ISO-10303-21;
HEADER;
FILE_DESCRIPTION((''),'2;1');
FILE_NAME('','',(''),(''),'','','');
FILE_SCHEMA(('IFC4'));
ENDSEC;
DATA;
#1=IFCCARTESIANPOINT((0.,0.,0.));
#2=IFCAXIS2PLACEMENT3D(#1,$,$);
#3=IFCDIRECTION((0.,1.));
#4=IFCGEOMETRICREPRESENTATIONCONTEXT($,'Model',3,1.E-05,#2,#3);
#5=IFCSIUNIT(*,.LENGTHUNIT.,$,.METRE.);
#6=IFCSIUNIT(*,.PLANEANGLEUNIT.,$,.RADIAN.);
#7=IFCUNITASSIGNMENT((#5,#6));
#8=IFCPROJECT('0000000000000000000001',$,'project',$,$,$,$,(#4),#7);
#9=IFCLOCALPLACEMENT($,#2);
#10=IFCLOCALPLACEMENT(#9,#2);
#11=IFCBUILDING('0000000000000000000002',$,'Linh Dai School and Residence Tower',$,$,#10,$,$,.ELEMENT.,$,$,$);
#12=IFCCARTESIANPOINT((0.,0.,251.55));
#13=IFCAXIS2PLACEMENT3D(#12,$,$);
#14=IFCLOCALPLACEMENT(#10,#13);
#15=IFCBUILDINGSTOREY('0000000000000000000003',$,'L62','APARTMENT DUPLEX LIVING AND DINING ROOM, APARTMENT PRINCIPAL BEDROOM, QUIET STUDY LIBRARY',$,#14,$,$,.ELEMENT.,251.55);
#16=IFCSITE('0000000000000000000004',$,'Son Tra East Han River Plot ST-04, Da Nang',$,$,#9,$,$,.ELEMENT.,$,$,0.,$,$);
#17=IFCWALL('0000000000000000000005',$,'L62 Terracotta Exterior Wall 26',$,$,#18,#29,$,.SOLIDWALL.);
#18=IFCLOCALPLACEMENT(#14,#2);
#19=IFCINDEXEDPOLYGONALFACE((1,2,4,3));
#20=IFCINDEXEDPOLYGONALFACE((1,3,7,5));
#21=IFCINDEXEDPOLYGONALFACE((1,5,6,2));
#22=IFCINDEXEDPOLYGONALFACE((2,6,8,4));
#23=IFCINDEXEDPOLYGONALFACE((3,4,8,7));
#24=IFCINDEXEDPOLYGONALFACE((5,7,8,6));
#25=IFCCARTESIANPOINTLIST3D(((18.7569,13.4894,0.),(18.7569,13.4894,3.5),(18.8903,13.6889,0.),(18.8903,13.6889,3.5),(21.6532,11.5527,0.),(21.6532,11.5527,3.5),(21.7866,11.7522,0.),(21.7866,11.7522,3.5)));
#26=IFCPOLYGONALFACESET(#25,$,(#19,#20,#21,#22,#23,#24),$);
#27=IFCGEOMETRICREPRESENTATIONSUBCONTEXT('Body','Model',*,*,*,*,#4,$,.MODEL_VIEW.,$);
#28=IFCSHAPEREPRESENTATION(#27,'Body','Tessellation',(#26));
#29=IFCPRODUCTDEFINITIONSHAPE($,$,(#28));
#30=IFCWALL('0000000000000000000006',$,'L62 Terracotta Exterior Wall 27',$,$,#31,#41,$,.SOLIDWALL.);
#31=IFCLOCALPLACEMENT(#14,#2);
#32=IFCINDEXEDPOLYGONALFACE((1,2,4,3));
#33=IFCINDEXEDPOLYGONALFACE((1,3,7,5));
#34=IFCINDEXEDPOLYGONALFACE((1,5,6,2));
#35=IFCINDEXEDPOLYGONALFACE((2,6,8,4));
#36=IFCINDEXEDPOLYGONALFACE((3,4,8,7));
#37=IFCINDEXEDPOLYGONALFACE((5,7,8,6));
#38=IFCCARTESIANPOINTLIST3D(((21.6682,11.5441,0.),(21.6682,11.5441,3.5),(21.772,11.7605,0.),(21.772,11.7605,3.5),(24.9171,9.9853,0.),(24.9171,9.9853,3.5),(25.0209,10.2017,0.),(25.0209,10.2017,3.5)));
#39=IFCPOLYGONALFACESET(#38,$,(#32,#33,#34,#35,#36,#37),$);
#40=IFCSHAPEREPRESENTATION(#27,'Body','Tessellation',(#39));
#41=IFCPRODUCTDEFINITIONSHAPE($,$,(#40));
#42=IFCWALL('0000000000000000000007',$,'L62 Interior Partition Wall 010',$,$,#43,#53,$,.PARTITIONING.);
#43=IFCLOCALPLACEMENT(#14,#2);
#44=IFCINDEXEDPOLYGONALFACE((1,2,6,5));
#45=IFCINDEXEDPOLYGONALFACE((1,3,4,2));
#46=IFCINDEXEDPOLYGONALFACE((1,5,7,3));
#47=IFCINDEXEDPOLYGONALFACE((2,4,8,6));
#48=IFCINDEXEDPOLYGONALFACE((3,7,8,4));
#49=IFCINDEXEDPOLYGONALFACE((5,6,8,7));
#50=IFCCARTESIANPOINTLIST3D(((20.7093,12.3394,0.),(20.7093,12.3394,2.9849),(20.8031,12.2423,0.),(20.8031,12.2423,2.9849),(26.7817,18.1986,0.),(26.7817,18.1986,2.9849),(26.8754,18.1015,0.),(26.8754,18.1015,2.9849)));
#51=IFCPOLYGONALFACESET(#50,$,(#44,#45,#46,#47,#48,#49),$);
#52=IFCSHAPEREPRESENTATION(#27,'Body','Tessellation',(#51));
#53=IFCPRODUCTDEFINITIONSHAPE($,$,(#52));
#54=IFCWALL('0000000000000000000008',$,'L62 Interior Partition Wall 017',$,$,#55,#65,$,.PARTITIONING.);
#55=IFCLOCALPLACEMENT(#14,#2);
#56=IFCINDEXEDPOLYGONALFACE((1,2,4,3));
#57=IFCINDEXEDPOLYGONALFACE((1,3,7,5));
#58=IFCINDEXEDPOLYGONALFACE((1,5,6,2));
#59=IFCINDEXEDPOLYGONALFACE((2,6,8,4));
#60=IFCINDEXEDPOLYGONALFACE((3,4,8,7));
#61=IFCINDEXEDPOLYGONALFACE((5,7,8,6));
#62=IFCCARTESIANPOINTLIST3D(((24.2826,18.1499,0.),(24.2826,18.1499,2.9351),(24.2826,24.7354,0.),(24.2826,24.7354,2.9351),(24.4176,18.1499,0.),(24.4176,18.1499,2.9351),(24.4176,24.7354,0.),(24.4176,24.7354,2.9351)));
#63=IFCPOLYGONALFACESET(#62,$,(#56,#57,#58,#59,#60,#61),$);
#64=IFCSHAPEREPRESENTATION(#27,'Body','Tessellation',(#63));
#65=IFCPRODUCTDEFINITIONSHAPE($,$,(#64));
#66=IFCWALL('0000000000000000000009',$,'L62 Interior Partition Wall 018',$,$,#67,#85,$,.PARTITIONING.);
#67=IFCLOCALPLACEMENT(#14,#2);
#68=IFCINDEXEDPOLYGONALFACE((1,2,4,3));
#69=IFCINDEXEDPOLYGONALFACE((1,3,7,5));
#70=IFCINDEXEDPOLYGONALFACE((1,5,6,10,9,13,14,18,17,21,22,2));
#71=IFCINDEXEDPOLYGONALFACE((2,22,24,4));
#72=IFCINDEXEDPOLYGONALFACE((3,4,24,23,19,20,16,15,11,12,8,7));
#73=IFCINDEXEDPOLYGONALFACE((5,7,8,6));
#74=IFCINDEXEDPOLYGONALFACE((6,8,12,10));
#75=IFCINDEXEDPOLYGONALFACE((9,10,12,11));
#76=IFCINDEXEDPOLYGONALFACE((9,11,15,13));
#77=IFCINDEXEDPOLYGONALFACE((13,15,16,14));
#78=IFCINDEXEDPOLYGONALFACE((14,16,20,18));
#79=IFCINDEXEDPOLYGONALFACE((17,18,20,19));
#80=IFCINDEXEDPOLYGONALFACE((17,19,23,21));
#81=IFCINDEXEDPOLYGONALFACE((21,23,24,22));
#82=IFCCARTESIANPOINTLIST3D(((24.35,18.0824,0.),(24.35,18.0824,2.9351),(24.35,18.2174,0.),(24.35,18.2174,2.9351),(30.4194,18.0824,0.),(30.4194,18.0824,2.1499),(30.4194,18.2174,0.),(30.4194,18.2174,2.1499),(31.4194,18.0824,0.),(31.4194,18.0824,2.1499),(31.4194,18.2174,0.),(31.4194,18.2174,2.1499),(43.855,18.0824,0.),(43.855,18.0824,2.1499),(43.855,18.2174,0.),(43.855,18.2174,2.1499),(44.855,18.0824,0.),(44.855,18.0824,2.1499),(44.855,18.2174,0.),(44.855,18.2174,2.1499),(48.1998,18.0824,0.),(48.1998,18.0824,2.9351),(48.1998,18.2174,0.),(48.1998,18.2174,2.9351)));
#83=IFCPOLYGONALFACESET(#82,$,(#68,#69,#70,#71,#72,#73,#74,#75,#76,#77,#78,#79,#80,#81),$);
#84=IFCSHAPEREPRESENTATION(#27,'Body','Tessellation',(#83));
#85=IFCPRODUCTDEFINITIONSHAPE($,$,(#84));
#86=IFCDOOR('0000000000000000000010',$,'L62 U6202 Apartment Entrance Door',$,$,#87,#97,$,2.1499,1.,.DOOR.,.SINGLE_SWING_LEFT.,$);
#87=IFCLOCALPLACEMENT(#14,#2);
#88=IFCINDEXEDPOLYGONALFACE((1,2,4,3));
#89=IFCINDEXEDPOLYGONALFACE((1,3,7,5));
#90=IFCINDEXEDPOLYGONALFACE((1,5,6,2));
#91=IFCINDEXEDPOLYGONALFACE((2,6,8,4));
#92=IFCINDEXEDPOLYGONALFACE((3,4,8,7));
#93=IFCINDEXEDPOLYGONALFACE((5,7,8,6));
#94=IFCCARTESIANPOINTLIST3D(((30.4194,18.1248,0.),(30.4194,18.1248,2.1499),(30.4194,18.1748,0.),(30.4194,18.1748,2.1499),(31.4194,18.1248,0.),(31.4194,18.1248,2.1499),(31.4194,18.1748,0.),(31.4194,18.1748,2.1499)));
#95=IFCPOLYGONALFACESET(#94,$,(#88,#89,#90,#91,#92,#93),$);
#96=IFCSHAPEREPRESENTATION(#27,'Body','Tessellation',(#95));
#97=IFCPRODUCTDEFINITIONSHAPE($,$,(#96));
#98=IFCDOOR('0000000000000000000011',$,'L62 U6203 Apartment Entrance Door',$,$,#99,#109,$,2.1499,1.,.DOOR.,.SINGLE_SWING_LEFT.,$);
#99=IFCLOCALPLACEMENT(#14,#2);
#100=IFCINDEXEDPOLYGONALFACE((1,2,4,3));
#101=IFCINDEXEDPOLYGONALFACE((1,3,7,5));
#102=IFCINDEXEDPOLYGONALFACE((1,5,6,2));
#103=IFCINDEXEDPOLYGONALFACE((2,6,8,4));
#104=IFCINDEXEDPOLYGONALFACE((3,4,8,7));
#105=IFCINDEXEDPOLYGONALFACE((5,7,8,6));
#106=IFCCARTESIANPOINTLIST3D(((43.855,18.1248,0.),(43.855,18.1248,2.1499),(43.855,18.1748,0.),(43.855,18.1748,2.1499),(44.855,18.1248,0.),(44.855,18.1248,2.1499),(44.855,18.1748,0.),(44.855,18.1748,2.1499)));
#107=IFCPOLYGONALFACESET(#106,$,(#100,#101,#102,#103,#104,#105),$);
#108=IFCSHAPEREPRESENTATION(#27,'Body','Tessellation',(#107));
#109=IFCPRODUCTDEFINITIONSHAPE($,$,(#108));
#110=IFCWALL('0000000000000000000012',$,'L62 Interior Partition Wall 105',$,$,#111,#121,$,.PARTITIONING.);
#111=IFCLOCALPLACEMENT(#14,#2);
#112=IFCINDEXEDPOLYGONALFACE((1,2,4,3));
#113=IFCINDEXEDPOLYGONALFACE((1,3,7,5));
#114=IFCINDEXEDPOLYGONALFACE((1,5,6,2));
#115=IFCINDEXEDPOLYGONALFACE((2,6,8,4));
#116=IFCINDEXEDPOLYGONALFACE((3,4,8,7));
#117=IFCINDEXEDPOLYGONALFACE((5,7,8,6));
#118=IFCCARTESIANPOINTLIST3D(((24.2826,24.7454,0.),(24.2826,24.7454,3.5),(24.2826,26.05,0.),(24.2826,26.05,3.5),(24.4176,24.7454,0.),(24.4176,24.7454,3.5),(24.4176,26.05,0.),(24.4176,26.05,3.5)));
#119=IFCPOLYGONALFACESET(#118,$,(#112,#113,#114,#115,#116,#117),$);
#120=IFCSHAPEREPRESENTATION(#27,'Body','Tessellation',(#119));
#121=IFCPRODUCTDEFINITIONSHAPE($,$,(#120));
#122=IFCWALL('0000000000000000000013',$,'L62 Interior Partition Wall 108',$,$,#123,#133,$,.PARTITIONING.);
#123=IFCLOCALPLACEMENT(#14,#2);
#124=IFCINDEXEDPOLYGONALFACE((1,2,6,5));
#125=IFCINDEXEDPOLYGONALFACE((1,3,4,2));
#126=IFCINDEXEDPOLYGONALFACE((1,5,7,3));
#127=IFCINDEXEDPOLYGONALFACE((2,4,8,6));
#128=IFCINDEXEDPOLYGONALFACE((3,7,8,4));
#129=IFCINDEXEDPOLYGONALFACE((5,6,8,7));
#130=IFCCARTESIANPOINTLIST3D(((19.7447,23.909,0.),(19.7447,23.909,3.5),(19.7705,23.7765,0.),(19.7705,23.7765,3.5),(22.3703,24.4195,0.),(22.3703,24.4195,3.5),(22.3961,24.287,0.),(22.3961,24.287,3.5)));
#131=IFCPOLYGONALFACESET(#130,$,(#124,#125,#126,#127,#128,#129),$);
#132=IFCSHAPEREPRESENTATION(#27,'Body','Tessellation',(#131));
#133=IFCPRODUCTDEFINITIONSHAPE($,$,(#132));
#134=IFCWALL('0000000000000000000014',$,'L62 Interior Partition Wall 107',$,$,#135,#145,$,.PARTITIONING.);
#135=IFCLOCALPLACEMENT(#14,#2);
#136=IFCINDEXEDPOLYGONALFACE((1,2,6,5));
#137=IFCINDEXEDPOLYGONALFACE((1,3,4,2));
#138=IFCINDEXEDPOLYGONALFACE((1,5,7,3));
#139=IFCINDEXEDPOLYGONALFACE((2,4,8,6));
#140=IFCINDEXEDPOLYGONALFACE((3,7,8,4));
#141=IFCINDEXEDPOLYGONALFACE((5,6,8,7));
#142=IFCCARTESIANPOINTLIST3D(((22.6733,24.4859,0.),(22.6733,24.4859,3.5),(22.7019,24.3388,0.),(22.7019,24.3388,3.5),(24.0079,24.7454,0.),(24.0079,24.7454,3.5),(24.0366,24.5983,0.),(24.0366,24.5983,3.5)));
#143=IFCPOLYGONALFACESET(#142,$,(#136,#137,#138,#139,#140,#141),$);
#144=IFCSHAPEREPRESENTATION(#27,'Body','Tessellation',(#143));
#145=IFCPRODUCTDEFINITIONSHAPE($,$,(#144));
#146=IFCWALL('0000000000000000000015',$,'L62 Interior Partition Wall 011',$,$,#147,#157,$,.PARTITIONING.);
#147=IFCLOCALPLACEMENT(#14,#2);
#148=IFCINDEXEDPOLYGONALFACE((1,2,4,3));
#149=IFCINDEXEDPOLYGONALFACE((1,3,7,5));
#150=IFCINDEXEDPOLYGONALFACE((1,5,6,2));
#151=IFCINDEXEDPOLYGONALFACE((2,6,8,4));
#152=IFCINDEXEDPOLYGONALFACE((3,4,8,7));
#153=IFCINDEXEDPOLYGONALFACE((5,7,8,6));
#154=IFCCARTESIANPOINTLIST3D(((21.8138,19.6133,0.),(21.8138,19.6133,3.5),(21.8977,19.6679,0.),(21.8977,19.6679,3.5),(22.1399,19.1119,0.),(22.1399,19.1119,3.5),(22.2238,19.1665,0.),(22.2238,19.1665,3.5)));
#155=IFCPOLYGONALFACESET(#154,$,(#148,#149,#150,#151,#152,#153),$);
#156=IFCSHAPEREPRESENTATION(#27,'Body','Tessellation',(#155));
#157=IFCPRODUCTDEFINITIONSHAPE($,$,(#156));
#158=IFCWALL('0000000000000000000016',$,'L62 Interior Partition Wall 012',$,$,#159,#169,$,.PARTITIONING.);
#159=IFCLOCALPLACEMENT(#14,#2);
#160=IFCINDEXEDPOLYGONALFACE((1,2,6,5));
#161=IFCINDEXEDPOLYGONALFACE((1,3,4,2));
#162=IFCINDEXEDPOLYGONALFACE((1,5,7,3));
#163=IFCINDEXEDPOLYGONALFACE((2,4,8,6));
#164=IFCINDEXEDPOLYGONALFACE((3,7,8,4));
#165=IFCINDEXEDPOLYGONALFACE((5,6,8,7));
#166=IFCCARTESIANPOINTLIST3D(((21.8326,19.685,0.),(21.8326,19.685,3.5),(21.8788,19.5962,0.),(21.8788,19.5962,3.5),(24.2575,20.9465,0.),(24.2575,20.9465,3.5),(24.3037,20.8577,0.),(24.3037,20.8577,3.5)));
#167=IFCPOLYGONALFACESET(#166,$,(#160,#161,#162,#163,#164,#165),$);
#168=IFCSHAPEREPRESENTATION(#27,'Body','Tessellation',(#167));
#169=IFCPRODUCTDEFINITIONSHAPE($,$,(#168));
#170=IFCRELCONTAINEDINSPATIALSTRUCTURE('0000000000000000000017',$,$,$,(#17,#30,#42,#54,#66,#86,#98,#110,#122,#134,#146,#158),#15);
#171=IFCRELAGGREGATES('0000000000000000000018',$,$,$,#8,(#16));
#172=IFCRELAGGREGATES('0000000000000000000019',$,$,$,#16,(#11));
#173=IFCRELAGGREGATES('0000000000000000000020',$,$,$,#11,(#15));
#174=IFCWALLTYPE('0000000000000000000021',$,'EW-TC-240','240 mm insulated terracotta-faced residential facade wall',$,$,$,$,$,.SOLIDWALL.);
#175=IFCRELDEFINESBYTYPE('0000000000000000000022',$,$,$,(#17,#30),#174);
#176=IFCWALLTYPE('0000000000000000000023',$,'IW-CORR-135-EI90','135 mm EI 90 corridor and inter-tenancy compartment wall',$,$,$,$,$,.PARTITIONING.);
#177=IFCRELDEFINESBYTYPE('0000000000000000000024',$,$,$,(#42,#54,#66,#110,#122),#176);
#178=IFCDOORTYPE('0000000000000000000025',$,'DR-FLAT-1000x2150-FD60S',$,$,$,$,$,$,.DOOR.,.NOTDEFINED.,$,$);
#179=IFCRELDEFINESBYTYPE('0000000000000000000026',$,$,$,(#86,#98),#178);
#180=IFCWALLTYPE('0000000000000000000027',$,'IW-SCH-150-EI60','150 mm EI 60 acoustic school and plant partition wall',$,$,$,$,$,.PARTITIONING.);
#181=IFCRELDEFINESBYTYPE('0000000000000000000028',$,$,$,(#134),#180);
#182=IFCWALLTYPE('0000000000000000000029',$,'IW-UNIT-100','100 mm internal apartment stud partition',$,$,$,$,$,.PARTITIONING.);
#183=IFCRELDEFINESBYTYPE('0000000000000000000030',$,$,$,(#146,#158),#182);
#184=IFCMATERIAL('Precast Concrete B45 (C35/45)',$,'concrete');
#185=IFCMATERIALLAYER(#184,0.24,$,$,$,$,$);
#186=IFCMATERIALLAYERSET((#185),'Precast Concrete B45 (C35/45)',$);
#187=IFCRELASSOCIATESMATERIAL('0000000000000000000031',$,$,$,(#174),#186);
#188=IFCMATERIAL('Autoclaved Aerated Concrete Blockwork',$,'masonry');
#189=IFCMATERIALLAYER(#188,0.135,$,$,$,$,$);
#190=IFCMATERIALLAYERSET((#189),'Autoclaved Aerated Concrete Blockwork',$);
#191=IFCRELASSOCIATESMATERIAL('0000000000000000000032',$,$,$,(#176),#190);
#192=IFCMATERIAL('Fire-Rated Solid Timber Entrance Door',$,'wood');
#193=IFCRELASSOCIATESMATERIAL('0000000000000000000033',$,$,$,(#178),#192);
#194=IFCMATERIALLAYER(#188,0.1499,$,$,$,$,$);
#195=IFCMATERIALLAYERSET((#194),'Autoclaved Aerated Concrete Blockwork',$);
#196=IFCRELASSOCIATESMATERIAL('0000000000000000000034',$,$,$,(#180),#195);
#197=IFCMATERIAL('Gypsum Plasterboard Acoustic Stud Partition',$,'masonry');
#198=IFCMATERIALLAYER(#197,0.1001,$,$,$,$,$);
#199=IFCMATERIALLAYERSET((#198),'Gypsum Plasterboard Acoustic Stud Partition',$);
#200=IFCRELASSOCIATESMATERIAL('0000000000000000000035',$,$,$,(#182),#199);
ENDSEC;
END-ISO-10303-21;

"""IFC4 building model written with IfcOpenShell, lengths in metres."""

from ifc_helpers import new_model, si_unit, direction, frame, frame_2d, origin, origin_2d, place, context, subcontext, project, spatial, rectangle, extrude, source, transform, mapped, material, layer, layer_set, type_object, element, fill, save


model = new_model("IFC4")

# Units and contexts
model_context = context("Model", 3, precision=1e-05, world=origin(), true_north=direction((0.0, 1.0)))
body_context = subcontext(model_context, "Body", "Model", "MODEL_VIEW")
ifc_project = project(units=[si_unit("LENGTHUNIT", "METRE"), si_unit("PLANEANGLEUNIT", "RADIAN")], contexts=[model_context])

# Site, building, storey
site_placement = place(None, origin())
site = spatial("IfcSite", under=ifc_project, at=site_placement, Name="Son Tra East Han River Plot ST-04, Da Nang", CompositionType="ELEMENT", RefElevation=0.0)
building_placement = place(site_placement, origin())
building = spatial("IfcBuilding", under=site, at=building_placement, Name="Linh Dai School and Residence Tower", CompositionType="ELEMENT")
storey_placement = place(building_placement, frame((0.0, 0.0, 251.55)))
storey = spatial("IfcBuildingStorey", under=building, at=storey_placement, Name="L62", Description="APARTMENT DUPLEX LIVING AND DINING ROOM, APARTMENT PRINCIPAL BEDROOM, QUIET STUDY LIBRARY", CompositionType="ELEMENT", Elevation=251.55)

# Shared definitions
ifc_material_1 = material(Name="Precast Concrete B45 (C35/45)", Category="concrete")

# Walls
ifc_layer_1 = layer(ifc_material_1, 0.24)
ifc_layer_set_1 = layer_set([ifc_layer_1], Name="Precast Concrete B45 (C35/45)")
wall_type_1 = type_object("IfcWallType", Name="EW-TC-240", Description="240 mm insulated terracotta-faced residential facade wall", PredefinedType="SOLIDWALL", material=ifc_layer_set_1)
wall_1_placement = place(storey_placement, frame((21.72, 11.6523, 0.0), z_axis=(0.0, 0.0, 1.0), x_axis=(-0.831262, 0.55588, 0.0)))
element("IfcWall", 1, at=wall_1_placement, inside=storey, type_object=wall_type_1, Name="L62 Terracotta Exterior Wall 26", PredefinedType="SOLIDWALL", context=body_context, shape_type="SweptSolid", body=[
    extrude(rectangle(XDim=3.4841, YDim=0.24, at=frame_2d((1.7422, 0.0))), origin(), (0.0, 0.0, 1.0), 3.5),
])
wall_2_placement = place(storey_placement, frame((24.969, 10.0935, 0.0), z_axis=(0.0, 0.0, 1.0), x_axis=(-0.901598, 0.432575, 0.0)))
element("IfcWall", 2, at=wall_2_placement, inside=storey, type_object=wall_type_1, Name="L62 Terracotta Exterior Wall 27", PredefinedType="SOLIDWALL", context=body_context, shape_type="SweptSolid", body=[
    extrude(rectangle(XDim=3.6035, YDim=0.24, at=frame_2d((1.8018, 0.0))), origin(), (0.0, 0.0, 1.0), 3.5),
])

# Shared definitions
ifc_material_2 = material(Name="Autoclaved Aerated Concrete Blockwork", Category="masonry")
ifc_layer_2 = layer(ifc_material_2, 0.135)
ifc_layer_set_2 = layer_set([ifc_layer_2], Name="Autoclaved Aerated Concrete Blockwork")
wall_type_2 = type_object("IfcWallType", Name="IW-CORR-135-EI90", Description="135 mm EI 90 corridor and inter-tenancy compartment wall", PredefinedType="PARTITIONING", material=ifc_layer_set_2)
ifc_material_3 = material(Name="Fire-Rated Solid Timber Entrance Door", Category="wood")
door_type_1 = type_object("IfcDoorType", Name="DR-FLAT-1000x2150-FD60S", OperationType="NOTDEFINED", PredefinedType="DOOR", material=ifc_material_3)
shared_shape_1 = source(origin(), body_context, "Body", "SweptSolid", [
    extrude(rectangle(XDim=1.0, YDim=2.1499, at=origin_2d()), frame((0.5, 0.0249, 1.075), z_axis=(0.0, -1.0, 0.0), x_axis=(1.0, 0.0, 0.0)), (0.0, 0.0, 1.0), 0.05),
])

# Walls
wall_3_placement = place(storey_placement, frame((20.7561, 12.2908, 0.0), z_axis=(0.0, 0.0, 1.0), x_axis=(0.719623, 0.694365, 0.0)))
element("IfcWall", 3, at=wall_3_placement, inside=storey, type_object=wall_type_2, Name="L62 Interior Partition Wall 010", PredefinedType="PARTITIONING", context=body_context, shape_type="SweptSolid", body=[
    extrude(rectangle(XDim=8.4382, YDim=0.135, at=frame_2d((4.2192, 0.0))), origin(), (0.0, 0.0, 1.0), 2.9849),
])
wall_4_placement = place(storey_placement, frame((24.3501, 18.1499, 0.0), z_axis=(0.0, 0.0, 1.0), x_axis=(0.0, 1.0, 0.0)))
element("IfcWall", 4, at=wall_4_placement, inside=storey, type_object=wall_type_2, Name="L62 Interior Partition Wall 017", PredefinedType="PARTITIONING", context=body_context, shape_type="SweptSolid", body=[
    extrude(rectangle(XDim=6.5854, YDim=0.135, at=frame_2d((3.2927, 0.0))), origin(), (0.0, 0.0, 1.0), 2.9351),
])

# Wall, openings, doors
wall_5_placement = place(storey_placement, frame((24.3501, 18.1499, 0.0), z_axis=(0.0, 0.0, 1.0), x_axis=(1.0, 0.0, 0.0)))
wall_5 = element("IfcWall", 5, at=wall_5_placement, inside=storey, type_object=wall_type_2, Name="L62 Interior Partition Wall 018", PredefinedType="PARTITIONING", context=body_context, shape_type="SweptSolid", body=[
    extrude(rectangle(XDim=23.8499, YDim=0.135, at=frame_2d((11.9248, 0.0))), origin(), (0.0, 0.0, 1.0), 2.9351),
])
opening_1_placement = place(wall_5_placement, frame((6.0693, 0.0, 0.0)))
opening_1 = element("IfcOpeningElement", 6, at=opening_1_placement, cuts=wall_5, PredefinedType="OPENING", context=body_context, shape_type="SweptSolid", body=[
    extrude(rectangle(XDim=1.0, YDim=2.1499, at=origin_2d()), frame((0.5, 0.0776, 1.075), z_axis=(0.0, -1.0, 0.0), x_axis=(1.0, 0.0, 0.0)), (0.0, 0.0, 1.0), 0.155),
])
opening_2_placement = place(wall_5_placement, frame((19.5049, 0.0, 0.0)))
opening_2 = element("IfcOpeningElement", 7, at=opening_2_placement, cuts=wall_5, PredefinedType="OPENING", context=body_context, shape_type="SweptSolid", body=[
    extrude(rectangle(XDim=1.0, YDim=2.1499, at=origin_2d()), frame((0.5, 0.0776, 1.075), z_axis=(0.0, -1.0, 0.0), x_axis=(1.0, 0.0, 0.0)), (0.0, 0.0, 1.0), 0.155),
])
door_1_placement = place(opening_1_placement, origin())
door_1 = element("IfcDoor", 8, at=door_1_placement, inside=storey, type_object=door_type_1, Name="L62 U6202 Apartment Entrance Door", OperationType="SINGLE_SWING_LEFT", OverallHeight=2.1499, OverallWidth=1.0, PredefinedType="DOOR", context=body_context, shape_type="MappedRepresentation", body=[
    mapped(shared_shape_1, transform((0.0, 0.0, 0.0), x_axis=(1.0, 0.0, 0.0), y_axis=(0.0, 1.0, 0.0), z_axis=(0.0, 0.0, 1.0), scale=1.0)),
])
fill(opening_1, door_1)
door_2_placement = place(opening_2_placement, origin())
door_2 = element("IfcDoor", 9, at=door_2_placement, inside=storey, type_object=door_type_1, Name="L62 U6203 Apartment Entrance Door", OperationType="SINGLE_SWING_LEFT", OverallHeight=2.1499, OverallWidth=1.0, PredefinedType="DOOR", context=body_context, shape_type="MappedRepresentation", body=[
    mapped(shared_shape_1, transform((0.0, 0.0, 0.0), x_axis=(1.0, 0.0, 0.0), y_axis=(0.0, 1.0, 0.0), z_axis=(0.0, 0.0, 1.0), scale=1.0)),
])
fill(opening_2, door_2)

# Walls
wall_6_placement = place(storey_placement, frame((24.3501, 24.7454, 0.0), z_axis=(0.0, 0.0, 1.0), x_axis=(0.0, 1.0, 0.0)))
element("IfcWall", 10, at=wall_6_placement, inside=storey, type_object=wall_type_2, Name="L62 Interior Partition Wall 105", PredefinedType="PARTITIONING", context=body_context, shape_type="SweptSolid", body=[
    extrude(rectangle(XDim=1.3047, YDim=0.135, at=frame_2d((0.6523, 0.0))), origin(), (0.0, 0.0, 1.0), 3.5),
])
wall_7_placement = place(storey_placement, frame((19.7576, 23.8428, 0.0), z_axis=(0.0, 0.0, 1.0), x_axis=(0.98162, 0.190848, 0.0)))
element("IfcWall", 11, at=wall_7_placement, inside=storey, type_object=wall_type_2, Name="L62 Interior Partition Wall 108", PredefinedType="PARTITIONING", context=body_context, shape_type="SweptSolid", body=[
    extrude(rectangle(XDim=2.6748, YDim=0.135, at=frame_2d((1.3374, 0.0))), origin(), (0.0, 0.0, 1.0), 3.5),
])
ifc_layer_3 = layer(ifc_material_2, 0.1499)
ifc_layer_set_3 = layer_set([ifc_layer_3], Name="Autoclaved Aerated Concrete Blockwork")
wall_type_3 = type_object("IfcWallType", Name="IW-SCH-150-EI60", Description="150 mm EI 60 acoustic school and plant partition wall", PredefinedType="PARTITIONING", material=ifc_layer_set_3)
wall_8_placement = place(storey_placement, frame((22.6877, 24.4124, 0.0), z_axis=(0.0, 0.0, 1.0), x_axis=(0.981616, 0.190865, 0.0)))
element("IfcWall", 12, at=wall_8_placement, inside=storey, type_object=wall_type_3, Name="L62 Interior Partition Wall 107", PredefinedType="PARTITIONING", context=body_context, shape_type="SweptSolid", body=[
    extrude(rectangle(XDim=1.3596, YDim=0.1499, at=frame_2d((0.6797, 0.0))), origin(), (0.0, 0.0, 1.0), 3.5),
])
ifc_material_4 = material(Name="Gypsum Plasterboard Acoustic Stud Partition", Category="masonry")
ifc_layer_4 = layer(ifc_material_4, 0.1001)
ifc_layer_set_4 = layer_set([ifc_layer_4], Name="Gypsum Plasterboard Acoustic Stud Partition")
wall_type_4 = type_object("IfcWallType", Name="IW-UNIT-100", Description="100 mm internal apartment stud partition", PredefinedType="PARTITIONING", material=ifc_layer_set_4)
wall_9_placement = place(storey_placement, frame((21.8557, 19.6406, 0.0), z_axis=(0.0, 0.0, 1.0), x_axis=(0.545247, -0.838276, 0.0)))
element("IfcWall", 13, at=wall_9_placement, inside=storey, type_object=wall_type_4, Name="L62 Interior Partition Wall 011", PredefinedType="PARTITIONING", context=body_context, shape_type="SweptSolid", body=[
    extrude(rectangle(XDim=0.5981, YDim=0.1001, at=frame_2d((0.2991, 0.0))), origin(), (0.0, 0.0, 1.0), 3.5),
])
wall_10_placement = place(storey_placement, frame((21.8557, 19.6406, 0.0), z_axis=(0.0, 0.0, 1.0), x_axis=(0.887131, 0.461519, 0.0)))
element("IfcWall", 14, at=wall_10_placement, inside=storey, type_object=wall_type_4, Name="L62 Interior Partition Wall 012", PredefinedType="PARTITIONING", context=body_context, shape_type="SweptSolid", body=[
    extrude(rectangle(XDim=2.7334, YDim=0.1001, at=frame_2d((1.3667, 0.0))), origin(), (0.0, 0.0, 1.0), 3.5),
])

save(model, "model.ifc")
